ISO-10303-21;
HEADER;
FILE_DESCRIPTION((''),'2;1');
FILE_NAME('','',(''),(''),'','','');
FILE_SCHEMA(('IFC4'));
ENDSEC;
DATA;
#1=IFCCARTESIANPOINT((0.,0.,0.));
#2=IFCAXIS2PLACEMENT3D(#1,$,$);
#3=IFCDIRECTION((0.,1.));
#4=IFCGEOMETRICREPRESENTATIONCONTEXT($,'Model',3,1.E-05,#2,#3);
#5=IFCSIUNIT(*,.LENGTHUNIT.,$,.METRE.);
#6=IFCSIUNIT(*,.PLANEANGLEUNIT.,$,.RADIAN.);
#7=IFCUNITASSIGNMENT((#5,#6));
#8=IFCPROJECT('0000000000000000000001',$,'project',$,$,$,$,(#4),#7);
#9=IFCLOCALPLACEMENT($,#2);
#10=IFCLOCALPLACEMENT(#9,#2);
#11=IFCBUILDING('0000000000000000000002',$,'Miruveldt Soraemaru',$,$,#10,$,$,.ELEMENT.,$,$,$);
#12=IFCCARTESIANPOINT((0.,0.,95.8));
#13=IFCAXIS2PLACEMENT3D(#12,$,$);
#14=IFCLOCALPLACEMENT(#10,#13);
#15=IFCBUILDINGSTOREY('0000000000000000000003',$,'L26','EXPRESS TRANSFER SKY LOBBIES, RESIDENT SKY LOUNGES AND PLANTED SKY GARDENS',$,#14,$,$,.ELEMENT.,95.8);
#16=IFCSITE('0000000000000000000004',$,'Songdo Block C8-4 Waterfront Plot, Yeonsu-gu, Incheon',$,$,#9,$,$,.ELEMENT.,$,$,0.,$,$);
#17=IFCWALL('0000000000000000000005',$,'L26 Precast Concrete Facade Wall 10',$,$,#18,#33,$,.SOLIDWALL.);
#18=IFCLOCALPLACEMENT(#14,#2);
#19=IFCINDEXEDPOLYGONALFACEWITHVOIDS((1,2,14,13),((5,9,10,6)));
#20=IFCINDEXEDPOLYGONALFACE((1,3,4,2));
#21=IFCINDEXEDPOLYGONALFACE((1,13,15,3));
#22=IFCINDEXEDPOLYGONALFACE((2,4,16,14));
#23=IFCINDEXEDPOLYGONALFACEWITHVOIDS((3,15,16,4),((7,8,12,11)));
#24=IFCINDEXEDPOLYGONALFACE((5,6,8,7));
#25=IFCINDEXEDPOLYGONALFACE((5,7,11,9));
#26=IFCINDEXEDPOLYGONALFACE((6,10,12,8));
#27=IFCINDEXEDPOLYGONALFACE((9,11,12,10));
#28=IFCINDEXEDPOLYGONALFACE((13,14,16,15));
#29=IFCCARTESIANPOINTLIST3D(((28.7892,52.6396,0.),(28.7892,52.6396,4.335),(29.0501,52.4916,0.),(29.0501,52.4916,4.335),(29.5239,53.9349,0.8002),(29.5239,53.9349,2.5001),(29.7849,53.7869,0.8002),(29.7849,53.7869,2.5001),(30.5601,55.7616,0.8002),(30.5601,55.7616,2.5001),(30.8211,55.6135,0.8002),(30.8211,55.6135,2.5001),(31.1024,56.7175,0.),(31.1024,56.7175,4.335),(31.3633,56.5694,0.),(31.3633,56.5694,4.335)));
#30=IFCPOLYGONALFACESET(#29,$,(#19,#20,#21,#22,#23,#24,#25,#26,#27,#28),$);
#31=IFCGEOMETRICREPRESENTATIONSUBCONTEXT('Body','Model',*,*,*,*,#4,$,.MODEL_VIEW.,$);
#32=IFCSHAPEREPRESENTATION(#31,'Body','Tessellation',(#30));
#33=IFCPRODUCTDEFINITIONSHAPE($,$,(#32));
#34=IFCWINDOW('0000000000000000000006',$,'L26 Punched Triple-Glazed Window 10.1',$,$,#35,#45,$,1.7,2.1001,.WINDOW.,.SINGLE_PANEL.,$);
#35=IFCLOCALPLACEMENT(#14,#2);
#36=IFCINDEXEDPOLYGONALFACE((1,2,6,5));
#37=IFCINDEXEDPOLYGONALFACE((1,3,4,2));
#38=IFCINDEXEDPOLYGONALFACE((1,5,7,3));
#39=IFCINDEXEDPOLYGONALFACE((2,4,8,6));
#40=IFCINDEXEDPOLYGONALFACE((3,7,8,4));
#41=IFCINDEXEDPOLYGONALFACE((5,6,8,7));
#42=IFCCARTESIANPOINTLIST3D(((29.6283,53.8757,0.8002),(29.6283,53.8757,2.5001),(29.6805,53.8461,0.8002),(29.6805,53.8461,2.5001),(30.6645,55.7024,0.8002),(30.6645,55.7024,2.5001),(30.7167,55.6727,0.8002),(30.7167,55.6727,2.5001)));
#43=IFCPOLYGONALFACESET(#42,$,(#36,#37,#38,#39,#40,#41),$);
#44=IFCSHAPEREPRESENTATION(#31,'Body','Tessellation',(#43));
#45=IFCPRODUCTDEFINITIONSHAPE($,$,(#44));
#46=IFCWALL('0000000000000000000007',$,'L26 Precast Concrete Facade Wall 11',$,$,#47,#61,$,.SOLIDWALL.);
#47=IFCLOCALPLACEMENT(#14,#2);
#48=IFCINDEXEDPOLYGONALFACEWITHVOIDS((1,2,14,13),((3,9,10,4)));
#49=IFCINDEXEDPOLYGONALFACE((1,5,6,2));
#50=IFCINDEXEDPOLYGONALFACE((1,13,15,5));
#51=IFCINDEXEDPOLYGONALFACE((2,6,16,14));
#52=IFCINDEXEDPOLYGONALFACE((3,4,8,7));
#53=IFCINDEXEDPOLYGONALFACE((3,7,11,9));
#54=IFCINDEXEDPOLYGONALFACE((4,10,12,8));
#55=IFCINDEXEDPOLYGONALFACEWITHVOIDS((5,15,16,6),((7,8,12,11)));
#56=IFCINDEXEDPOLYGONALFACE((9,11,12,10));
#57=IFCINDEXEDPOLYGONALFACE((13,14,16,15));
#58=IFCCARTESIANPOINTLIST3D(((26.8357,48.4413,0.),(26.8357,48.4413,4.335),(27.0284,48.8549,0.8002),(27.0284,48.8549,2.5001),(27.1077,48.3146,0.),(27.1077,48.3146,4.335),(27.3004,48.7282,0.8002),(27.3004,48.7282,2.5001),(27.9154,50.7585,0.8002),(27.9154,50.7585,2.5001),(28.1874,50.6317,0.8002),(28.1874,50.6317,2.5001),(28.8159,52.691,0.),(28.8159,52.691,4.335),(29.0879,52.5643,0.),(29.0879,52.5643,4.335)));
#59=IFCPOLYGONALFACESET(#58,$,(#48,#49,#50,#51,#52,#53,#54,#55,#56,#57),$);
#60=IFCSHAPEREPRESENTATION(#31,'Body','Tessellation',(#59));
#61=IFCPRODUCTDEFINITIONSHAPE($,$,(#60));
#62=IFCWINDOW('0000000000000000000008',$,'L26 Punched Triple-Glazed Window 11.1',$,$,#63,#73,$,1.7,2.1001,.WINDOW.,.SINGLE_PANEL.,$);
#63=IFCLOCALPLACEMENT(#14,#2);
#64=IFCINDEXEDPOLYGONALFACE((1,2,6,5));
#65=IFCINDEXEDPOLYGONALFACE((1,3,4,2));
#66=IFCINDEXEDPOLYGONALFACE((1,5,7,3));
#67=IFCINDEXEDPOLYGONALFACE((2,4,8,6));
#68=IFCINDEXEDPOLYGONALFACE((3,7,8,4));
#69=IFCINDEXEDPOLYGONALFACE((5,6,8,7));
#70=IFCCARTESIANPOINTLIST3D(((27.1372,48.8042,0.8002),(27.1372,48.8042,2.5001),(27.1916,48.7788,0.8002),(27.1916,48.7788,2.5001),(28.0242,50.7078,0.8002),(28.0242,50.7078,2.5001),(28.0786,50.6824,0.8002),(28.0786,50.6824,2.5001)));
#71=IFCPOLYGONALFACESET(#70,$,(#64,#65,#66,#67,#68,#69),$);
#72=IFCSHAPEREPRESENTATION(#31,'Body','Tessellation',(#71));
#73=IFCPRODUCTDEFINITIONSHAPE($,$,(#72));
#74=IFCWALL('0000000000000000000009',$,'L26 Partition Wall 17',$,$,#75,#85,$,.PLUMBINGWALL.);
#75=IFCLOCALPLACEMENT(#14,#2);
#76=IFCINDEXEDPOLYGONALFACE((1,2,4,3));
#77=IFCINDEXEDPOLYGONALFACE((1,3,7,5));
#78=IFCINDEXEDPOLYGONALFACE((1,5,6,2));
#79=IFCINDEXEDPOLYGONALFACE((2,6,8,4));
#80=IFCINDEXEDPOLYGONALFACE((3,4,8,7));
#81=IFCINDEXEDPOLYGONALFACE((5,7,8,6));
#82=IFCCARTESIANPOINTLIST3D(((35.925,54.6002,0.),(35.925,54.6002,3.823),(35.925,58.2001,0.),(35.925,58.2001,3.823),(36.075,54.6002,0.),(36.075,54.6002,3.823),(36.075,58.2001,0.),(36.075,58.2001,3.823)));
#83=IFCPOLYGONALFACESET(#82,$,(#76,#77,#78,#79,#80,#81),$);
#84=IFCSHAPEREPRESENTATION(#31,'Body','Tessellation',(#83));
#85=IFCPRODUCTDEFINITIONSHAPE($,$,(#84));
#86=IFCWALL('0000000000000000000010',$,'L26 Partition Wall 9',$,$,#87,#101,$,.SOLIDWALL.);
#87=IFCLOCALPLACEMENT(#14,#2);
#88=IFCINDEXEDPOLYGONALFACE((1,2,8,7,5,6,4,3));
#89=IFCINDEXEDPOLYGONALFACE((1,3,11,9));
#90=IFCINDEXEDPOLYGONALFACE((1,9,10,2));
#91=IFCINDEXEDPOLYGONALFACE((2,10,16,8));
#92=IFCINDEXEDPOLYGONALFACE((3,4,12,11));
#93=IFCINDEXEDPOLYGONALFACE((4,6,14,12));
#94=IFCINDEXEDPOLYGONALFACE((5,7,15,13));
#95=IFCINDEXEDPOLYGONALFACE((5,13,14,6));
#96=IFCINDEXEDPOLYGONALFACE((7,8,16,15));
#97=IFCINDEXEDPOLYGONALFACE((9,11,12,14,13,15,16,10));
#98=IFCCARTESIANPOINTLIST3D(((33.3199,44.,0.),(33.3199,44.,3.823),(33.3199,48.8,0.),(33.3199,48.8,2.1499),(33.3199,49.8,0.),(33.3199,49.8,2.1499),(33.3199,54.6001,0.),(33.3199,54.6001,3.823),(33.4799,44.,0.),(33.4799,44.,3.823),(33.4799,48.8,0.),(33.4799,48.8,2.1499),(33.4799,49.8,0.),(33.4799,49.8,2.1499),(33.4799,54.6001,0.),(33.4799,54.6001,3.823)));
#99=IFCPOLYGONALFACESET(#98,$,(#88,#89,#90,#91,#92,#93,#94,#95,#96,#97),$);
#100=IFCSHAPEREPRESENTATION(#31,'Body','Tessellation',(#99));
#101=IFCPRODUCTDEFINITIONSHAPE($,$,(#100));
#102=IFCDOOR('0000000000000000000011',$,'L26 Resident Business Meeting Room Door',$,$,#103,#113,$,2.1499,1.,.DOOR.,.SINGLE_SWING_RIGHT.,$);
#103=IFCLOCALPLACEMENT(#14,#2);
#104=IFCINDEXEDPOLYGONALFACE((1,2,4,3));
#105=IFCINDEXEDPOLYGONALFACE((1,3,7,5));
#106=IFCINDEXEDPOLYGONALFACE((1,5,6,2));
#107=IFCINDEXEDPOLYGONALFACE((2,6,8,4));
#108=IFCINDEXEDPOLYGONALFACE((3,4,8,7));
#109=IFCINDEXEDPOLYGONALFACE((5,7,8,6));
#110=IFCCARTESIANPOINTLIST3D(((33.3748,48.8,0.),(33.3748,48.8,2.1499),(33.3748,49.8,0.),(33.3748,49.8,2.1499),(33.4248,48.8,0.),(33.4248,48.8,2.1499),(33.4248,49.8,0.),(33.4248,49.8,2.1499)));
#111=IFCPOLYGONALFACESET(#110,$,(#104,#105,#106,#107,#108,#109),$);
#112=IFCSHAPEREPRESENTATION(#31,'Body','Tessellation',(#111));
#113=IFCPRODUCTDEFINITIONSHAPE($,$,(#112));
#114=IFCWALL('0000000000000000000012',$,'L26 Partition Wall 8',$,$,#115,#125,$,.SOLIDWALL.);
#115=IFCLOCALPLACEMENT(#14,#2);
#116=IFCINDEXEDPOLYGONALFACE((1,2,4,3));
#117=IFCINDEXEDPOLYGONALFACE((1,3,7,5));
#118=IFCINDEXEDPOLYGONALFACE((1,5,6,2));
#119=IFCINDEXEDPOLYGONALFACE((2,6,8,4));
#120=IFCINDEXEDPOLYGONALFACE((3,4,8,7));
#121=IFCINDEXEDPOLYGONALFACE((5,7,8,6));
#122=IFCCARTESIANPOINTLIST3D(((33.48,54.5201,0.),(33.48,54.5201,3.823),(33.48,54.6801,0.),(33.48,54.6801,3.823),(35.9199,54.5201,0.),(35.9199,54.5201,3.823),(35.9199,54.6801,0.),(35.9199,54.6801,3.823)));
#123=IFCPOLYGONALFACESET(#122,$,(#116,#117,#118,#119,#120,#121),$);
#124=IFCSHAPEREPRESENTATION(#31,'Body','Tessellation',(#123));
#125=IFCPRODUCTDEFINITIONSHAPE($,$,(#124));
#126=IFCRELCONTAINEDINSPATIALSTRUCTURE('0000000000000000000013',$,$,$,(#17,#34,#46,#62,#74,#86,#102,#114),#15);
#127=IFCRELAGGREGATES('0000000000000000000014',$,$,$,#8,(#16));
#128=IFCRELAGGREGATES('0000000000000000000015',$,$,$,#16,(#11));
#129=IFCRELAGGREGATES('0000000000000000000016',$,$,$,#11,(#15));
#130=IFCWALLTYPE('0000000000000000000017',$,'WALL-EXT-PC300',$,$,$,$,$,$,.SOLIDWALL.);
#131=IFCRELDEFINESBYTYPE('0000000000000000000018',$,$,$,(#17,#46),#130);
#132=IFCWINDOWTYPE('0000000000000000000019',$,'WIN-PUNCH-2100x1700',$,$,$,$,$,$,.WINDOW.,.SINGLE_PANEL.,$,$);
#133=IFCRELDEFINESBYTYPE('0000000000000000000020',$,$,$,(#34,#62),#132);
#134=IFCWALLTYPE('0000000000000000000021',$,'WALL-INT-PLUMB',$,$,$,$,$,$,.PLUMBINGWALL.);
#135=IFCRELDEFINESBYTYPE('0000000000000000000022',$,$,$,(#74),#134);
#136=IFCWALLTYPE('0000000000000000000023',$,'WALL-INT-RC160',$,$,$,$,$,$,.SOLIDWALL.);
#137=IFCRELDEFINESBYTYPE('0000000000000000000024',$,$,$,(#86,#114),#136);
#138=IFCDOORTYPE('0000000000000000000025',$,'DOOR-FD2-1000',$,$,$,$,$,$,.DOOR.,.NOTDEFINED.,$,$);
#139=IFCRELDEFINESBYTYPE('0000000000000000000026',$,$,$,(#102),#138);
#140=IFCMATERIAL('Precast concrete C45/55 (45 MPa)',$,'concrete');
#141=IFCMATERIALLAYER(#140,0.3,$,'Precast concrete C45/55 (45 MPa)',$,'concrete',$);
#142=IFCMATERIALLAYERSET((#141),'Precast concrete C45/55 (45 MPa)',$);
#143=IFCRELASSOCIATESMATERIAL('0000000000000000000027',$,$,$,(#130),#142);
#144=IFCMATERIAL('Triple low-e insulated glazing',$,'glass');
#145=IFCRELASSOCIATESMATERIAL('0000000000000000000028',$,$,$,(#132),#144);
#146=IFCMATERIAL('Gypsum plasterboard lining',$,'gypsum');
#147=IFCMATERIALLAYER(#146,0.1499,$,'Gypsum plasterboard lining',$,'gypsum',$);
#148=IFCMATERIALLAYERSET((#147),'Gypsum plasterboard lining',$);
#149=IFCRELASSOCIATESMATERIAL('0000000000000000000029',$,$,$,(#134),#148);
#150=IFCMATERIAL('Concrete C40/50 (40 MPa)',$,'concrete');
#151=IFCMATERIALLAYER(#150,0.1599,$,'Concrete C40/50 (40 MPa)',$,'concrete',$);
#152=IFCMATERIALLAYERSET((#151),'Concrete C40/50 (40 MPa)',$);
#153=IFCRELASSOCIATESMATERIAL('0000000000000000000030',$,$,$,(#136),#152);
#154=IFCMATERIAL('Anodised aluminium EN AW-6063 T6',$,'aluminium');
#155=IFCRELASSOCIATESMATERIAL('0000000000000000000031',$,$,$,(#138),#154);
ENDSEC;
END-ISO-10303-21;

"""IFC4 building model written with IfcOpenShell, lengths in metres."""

from ifc_helpers import new_model, si_unit, direction, frame, frame_2d, origin, place, context, subcontext, project, spatial, rectangle, extrude, material, layer, layer_set, type_object, element, fill, save


model = new_model("IFC4")

# Units and contexts
model_context = context("Model", 3, precision=1e-05, world=origin(), true_north=direction((0.0, 1.0)))
body_context = subcontext(model_context, "Body", "Model", "MODEL_VIEW")
ifc_project = project(units=[si_unit("LENGTHUNIT", "METRE"), si_unit("PLANEANGLEUNIT", "RADIAN")], contexts=[model_context])

# Site, building, storey
site_placement = place(None, origin())
site = spatial("IfcSite", under=ifc_project, at=site_placement, Name="Songdo Block C8-4 Waterfront Plot, Yeonsu-gu, Incheon", CompositionType="ELEMENT", RefElevation=0.0)
building_placement = place(site_placement, origin())
building = spatial("IfcBuilding", under=site, at=building_placement, Name="Miruveldt Soraemaru", CompositionType="ELEMENT")
storey_placement = place(building_placement, frame((0.0, 0.0, 95.8)))
storey = spatial("IfcBuildingStorey", under=building, at=storey_placement, Name="L26", Description="EXPRESS TRANSFER SKY LOBBIES, RESIDENT SKY LOUNGES AND PLANTED SKY GARDENS", CompositionType="ELEMENT", Elevation=95.8)

# Shared definitions
ifc_material_1 = material(Name="Anodised aluminium EN AW-6063 T6", Category="aluminium")

# Shared definitions
ifc_material_2 = material(Name="Precast concrete C45/55 (45 MPa)", Category="concrete")
ifc_layer_1 = layer(ifc_material_2, 0.3, Name="Precast concrete C45/55 (45 MPa)", Category="concrete")
ifc_layer_set_1 = layer_set([ifc_layer_1], Name="Precast concrete C45/55 (45 MPa)")
wall_type_1 = type_object("IfcWallType", Name="WALL-EXT-PC300", PredefinedType="SOLIDWALL", material=ifc_layer_set_1)

# Walls, openings, windows
ifc_material_3 = material(Name="Triple low-e insulated glazing", Category="glass")
window_type = type_object("IfcWindowType", Name="WIN-PUNCH-2100x1700", PartitioningType="SINGLE_PANEL", PredefinedType="WINDOW", material=ifc_material_3)
wall_1_placement = place(storey_placement, frame((31.2329, 56.6436, 0.0), z_axis=(0.0, 0.0, 1.0), x_axis=(-0.493405, -0.869799, 0.0)))
wall_1 = element("IfcWall", 1, at=wall_1_placement, inside=storey, type_object=wall_type_1, Name="L26 Precast Concrete Facade Wall 10", PredefinedType="SOLIDWALL", context=body_context, shape_type="SweptSolid", body=[
    extrude(rectangle(XDim=4.6882, YDim=0.3, at=frame_2d((2.3442, 0.0))), origin(), (0.0, 0.0, 1.0), 4.335),
])
opening_1_placement = place(wall_1_placement, frame((1.0991, 0.0, 0.8)))
opening_1 = element("IfcOpeningElement", 2, at=opening_1_placement, cuts=wall_1, PredefinedType="OPENING", context=body_context, shape_type="SweptSolid", body=[
    extrude(rectangle(XDim=2.1001, YDim=1.7, at=frame_2d((1.05, 0.8501))), frame((0.0, 0.1602, 0.0), z_axis=(0.0, -1.0, 0.0), x_axis=(1.0, 0.0, 0.0)), (0.0, 0.0, 1.0), 0.3201),
])
window_1_placement = place(opening_1_placement, origin())
window_1 = element("IfcWindow", 3, at=window_1_placement, inside=storey, type_object=window_type, Name="L26 Punched Triple-Glazed Window 10.1", OverallHeight=1.7, OverallWidth=2.1001, PartitioningType="SINGLE_PANEL", PredefinedType="WINDOW", context=body_context, shape_type="SweptSolid", body=[
    extrude(rectangle(XDim=2.1001, YDim=1.7, at=frame_2d((1.05, 0.8501))), frame((0.0, 0.03, 0.0), z_axis=(0.0, -1.0, 0.0), x_axis=(1.0, 0.0, 0.0)), (0.0, 0.0, 1.0), 0.0601),
])
fill(opening_1, window_1)
wall_2_placement = place(storey_placement, frame((28.9519, 52.6277, 0.0), z_axis=(0.0, 0.0, 1.0), x_axis=(-0.422361, -0.906428, 0.0)))
wall_2 = element("IfcWall", 4, at=wall_2_placement, inside=storey, type_object=wall_type_1, Name="L26 Precast Concrete Facade Wall 11", PredefinedType="SOLIDWALL", context=body_context, shape_type="SweptSolid", body=[
    extrude(rectangle(XDim=4.6885, YDim=0.3, at=frame_2d((2.3442, 0.0))), origin(), (0.0, 0.0, 1.0), 4.335),
])
opening_2_placement = place(wall_2_placement, frame((2.1321, 0.0, 0.8)))
opening_2 = element("IfcOpeningElement", 5, at=opening_2_placement, cuts=wall_2, PredefinedType="OPENING", context=body_context, shape_type="SweptSolid", body=[
    extrude(rectangle(XDim=2.1001, YDim=1.7, at=frame_2d((1.05, 0.8501))), frame((0.0, 0.1602, 0.0), z_axis=(0.0, -1.0, 0.0), x_axis=(1.0, 0.0, 0.0)), (0.0, 0.0, 1.0), 0.3201),
])
window_2_placement = place(opening_2_placement, origin())
window_2 = element("IfcWindow", 6, at=window_2_placement, inside=storey, type_object=window_type, Name="L26 Punched Triple-Glazed Window 11.1", OverallHeight=1.7, OverallWidth=2.1001, PartitioningType="SINGLE_PANEL", PredefinedType="WINDOW", context=body_context, shape_type="SweptSolid", body=[
    extrude(rectangle(XDim=2.1001, YDim=1.7, at=frame_2d((1.05, 0.8501))), frame((0.0, 0.03, 0.0), z_axis=(0.0, -1.0, 0.0), x_axis=(1.0, 0.0, 0.0)), (0.0, 0.0, 1.0), 0.0601),
])
fill(opening_2, window_2)

# Wall
ifc_material_4 = material(Name="Gypsum plasterboard lining", Category="gypsum")
ifc_layer_2 = layer(ifc_material_4, 0.1499, Name="Gypsum plasterboard lining", Category="gypsum")
ifc_layer_set_2 = layer_set([ifc_layer_2], Name="Gypsum plasterboard lining")
wall_type_2 = type_object("IfcWallType", Name="WALL-INT-PLUMB", PredefinedType="PLUMBINGWALL", material=ifc_layer_set_2)
wall_3_placement = place(storey_placement, frame((36.0, 58.2, 0.0), z_axis=(0.0, 0.0, 1.0), x_axis=(0.0, -1.0, 0.0)))
element("IfcWall", 7, at=wall_3_placement, inside=storey, type_object=wall_type_2, Name="L26 Partition Wall 17", PredefinedType="PLUMBINGWALL", context=body_context, shape_type="SweptSolid", body=[
    extrude(rectangle(XDim=3.5999, YDim=0.1499, at=frame_2d((1.7998, 0.0))), origin(), (0.0, 0.0, 1.0), 3.823),
])

# Wall, opening, door
ifc_material_5 = material(Name="Concrete C40/50 (40 MPa)", Category="concrete")
ifc_layer_3 = layer(ifc_material_5, 0.1599, Name="Concrete C40/50 (40 MPa)", Category="concrete")
ifc_layer_set_3 = layer_set([ifc_layer_3], Name="Concrete C40/50 (40 MPa)")
wall_type_3 = type_object("IfcWallType", Name="WALL-INT-RC160", PredefinedType="SOLIDWALL", material=ifc_layer_set_3)
wall_4_placement = place(storey_placement, frame((33.3999, 54.6001, 0.0), z_axis=(0.0, 0.0, 1.0), x_axis=(0.0, -1.0, 0.0)))
wall_4 = element("IfcWall", 8, at=wall_4_placement, inside=storey, type_object=wall_type_3, Name="L26 Partition Wall 9", PredefinedType="SOLIDWALL", context=body_context, shape_type="SweptSolid", body=[
    extrude(rectangle(XDim=10.6001, YDim=0.1599, at=frame_2d((5.3, 0.0))), origin(), (0.0, 0.0, 1.0), 3.823),
])
opening_3_placement = place(wall_4_placement, frame((4.8, 0.0, 0.0)))
opening_3 = element("IfcOpeningElement", 9, at=opening_3_placement, cuts=wall_4, PredefinedType="OPENING", context=body_context, shape_type="SweptSolid", body=[
    extrude(rectangle(XDim=1.0, YDim=2.1499, at=frame_2d((0.5, 1.075))), frame((0.0, 0.0898, 0.0), z_axis=(0.0, -1.0, 0.0), x_axis=(1.0, 0.0, 0.0)), (0.0, 0.0, 1.0), 0.1799),
])
door_type = type_object("IfcDoorType", Name="DOOR-FD2-1000", OperationType="NOTDEFINED", PredefinedType="DOOR", material=ifc_material_1)
door_placement = place(opening_3_placement, origin())
door = element("IfcDoor", 10, at=door_placement, inside=storey, type_object=door_type, Name="L26 Resident Business Meeting Room Door", OperationType="SINGLE_SWING_RIGHT", OverallHeight=2.1499, OverallWidth=1.0, PredefinedType="DOOR", context=body_context, shape_type="SweptSolid", body=[
    extrude(rectangle(XDim=1.0, YDim=2.1499, at=frame_2d((0.5, 1.075))), frame((0.0, 0.0249, 0.0), z_axis=(0.0, -1.0, 0.0), x_axis=(1.0, 0.0, 0.0)), (0.0, 0.0, 1.0), 0.05),
])
fill(opening_3, door)

# Wall
wall_5_placement = place(storey_placement, frame((35.9199, 54.6001, 0.0), z_axis=(0.0, 0.0, 1.0), x_axis=(-1.0, 0.0, 0.0)))
element("IfcWall", 11, at=wall_5_placement, inside=storey, type_object=wall_type_3, Name="L26 Partition Wall 8", PredefinedType="SOLIDWALL", context=body_context, shape_type="SweptSolid", body=[
    extrude(rectangle(XDim=2.4399, YDim=0.1599, at=frame_2d((1.22, 0.0))), origin(), (0.0, 0.0, 1.0), 3.823),
])

save(model, "model.ifc")
